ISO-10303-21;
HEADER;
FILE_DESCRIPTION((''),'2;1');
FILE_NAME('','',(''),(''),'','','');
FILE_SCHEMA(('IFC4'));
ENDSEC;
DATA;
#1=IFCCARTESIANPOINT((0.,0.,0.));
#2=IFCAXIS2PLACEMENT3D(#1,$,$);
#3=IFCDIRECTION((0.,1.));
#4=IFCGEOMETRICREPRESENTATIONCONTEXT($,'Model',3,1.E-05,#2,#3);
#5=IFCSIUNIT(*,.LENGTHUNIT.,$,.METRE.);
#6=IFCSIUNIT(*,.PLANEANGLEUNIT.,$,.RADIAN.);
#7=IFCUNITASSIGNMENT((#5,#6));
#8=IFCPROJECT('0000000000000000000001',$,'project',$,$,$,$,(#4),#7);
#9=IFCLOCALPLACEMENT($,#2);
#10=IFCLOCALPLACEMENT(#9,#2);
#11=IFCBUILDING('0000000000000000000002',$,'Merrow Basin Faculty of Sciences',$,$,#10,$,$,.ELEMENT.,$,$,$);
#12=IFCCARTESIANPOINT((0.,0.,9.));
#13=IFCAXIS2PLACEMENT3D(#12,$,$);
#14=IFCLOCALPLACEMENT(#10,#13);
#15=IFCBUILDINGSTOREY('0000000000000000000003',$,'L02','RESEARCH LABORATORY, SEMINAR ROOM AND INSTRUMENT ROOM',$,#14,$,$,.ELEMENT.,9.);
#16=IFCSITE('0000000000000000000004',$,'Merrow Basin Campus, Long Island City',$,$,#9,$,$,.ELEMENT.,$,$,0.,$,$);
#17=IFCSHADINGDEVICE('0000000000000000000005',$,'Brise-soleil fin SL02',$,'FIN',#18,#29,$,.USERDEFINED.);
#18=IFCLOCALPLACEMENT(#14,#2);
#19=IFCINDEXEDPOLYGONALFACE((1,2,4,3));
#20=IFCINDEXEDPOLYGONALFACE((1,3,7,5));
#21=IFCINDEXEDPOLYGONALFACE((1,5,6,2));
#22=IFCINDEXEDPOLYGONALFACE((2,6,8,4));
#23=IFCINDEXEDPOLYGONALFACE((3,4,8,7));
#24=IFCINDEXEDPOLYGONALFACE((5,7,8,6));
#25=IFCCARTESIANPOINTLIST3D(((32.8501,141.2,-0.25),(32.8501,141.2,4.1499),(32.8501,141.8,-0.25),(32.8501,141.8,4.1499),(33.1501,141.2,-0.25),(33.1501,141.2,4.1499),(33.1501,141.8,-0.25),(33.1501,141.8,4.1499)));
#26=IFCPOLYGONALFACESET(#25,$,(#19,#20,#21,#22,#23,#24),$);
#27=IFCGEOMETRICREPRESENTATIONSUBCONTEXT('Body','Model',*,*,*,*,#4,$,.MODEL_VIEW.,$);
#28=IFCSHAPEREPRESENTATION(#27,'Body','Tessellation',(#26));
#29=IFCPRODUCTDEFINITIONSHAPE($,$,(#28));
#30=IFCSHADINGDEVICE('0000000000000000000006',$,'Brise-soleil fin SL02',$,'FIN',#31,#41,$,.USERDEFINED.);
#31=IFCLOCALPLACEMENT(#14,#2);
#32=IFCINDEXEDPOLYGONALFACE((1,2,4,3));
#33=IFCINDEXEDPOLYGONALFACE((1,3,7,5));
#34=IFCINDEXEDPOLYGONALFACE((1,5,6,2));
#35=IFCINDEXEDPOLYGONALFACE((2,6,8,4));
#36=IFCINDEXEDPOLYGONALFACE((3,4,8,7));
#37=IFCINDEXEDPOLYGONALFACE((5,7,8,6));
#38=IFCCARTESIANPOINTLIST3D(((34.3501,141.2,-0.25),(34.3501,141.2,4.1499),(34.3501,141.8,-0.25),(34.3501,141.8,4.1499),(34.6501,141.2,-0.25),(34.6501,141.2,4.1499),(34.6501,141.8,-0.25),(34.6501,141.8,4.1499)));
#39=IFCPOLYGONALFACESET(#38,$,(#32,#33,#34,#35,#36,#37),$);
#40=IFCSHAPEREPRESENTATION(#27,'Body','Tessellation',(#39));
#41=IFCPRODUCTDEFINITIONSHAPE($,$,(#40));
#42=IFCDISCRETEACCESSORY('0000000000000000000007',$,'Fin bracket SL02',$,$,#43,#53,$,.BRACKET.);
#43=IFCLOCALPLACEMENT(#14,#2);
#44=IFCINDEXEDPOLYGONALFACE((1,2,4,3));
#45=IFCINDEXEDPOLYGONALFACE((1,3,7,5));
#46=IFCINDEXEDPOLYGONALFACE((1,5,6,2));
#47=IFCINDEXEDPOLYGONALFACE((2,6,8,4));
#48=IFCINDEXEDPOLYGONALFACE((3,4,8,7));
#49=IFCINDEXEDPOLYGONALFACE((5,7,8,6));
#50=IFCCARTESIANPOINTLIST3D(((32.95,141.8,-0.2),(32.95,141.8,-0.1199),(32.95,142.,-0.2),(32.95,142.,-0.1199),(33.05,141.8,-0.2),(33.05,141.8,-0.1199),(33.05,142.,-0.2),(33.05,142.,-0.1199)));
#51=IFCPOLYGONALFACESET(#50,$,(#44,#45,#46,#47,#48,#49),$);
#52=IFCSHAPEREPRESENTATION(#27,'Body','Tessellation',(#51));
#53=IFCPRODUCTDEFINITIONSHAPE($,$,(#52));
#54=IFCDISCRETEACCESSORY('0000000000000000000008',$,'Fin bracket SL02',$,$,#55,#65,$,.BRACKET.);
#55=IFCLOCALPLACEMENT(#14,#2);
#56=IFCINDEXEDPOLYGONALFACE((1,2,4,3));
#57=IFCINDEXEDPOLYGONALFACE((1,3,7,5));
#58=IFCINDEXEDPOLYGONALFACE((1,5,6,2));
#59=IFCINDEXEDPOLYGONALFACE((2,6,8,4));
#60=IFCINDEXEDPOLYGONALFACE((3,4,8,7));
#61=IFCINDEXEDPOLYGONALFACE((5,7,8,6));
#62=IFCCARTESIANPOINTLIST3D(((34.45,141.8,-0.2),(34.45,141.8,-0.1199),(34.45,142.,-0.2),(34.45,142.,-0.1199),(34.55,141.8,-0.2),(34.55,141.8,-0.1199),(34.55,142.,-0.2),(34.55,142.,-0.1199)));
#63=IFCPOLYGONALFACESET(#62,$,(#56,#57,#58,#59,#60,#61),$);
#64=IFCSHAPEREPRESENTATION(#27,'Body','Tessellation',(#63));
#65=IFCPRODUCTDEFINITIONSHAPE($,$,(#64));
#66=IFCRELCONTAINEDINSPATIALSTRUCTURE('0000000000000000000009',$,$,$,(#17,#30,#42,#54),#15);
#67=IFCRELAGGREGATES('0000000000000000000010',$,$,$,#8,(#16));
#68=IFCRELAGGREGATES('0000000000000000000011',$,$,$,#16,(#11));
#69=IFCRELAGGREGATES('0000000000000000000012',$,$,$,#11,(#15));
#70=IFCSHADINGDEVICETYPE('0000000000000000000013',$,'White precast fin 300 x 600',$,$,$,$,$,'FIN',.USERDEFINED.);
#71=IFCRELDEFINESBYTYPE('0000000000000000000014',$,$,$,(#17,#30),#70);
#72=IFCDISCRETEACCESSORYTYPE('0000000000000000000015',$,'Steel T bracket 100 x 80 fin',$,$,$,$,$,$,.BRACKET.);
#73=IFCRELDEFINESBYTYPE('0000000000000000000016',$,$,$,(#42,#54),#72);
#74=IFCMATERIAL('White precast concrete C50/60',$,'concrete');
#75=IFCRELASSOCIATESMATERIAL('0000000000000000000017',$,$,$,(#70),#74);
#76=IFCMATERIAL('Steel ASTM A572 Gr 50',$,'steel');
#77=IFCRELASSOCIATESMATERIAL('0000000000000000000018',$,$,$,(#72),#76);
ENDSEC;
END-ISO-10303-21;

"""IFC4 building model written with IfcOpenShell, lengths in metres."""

from ifc_helpers import new_model, si_unit, direction, frame, origin, place, context, subcontext, project, spatial, polyline, outline, extrude, source, transform, mapped, material, type_object, element, save


model = new_model("IFC4")

# Units and contexts
model_context = context("Model", 3, precision=1e-05, world=origin(), true_north=direction((0.0, 1.0)))
body_context = subcontext(model_context, "Body", "Model", "MODEL_VIEW")
ifc_project = project(units=[si_unit("LENGTHUNIT", "METRE"), si_unit("PLANEANGLEUNIT", "RADIAN")], contexts=[model_context])

# Site, building, storey
site_placement = place(None, origin())
site = spatial("IfcSite", under=ifc_project, at=site_placement, Name="Merrow Basin Campus, Long Island City", CompositionType="ELEMENT", RefElevation=0.0)
building_placement = place(site_placement, origin())
building = spatial("IfcBuilding", under=site, at=building_placement, Name="Merrow Basin Faculty of Sciences", CompositionType="ELEMENT")
storey_placement = place(building_placement, frame((0.0, 0.0, 9.0)))
storey = spatial("IfcBuildingStorey", under=building, at=storey_placement, Name="L02", Description="RESEARCH LABORATORY, SEMINAR ROOM AND INSTRUMENT ROOM", CompositionType="ELEMENT", Elevation=9.0)

# Shading devices
ifc_material_1 = material(Name="White precast concrete C50/60", Category="concrete")
shading_device_type = type_object("IfcShadingDeviceType", Name="White precast fin 300 x 600", ElementType="FIN", PredefinedType="USERDEFINED", material=ifc_material_1)
shared_shape_1 = source(origin(), body_context, "Body", "SweptSolid", [
    extrude(outline(polyline([(0.0, 0.0), (0.3, 0.0), (0.3, 4.3999), (0.0, 4.3999), (0.0, 0.0)])), origin(), (0.0, 0.0, 1.0), 0.6001),
])
for number, where, z_axis, x_axis, name in (
    (1, (32.8501, 141.8, -0.25), (0.0, -1.0, 0.0), (1.0, 0.0, 0.0), "Brise-soleil fin SL02"),
    (2, (34.3501, 141.8, -0.25), (0.0, -1.0, 0.0), (1.0, 0.0, 0.0), "Brise-soleil fin SL02"),
):
    element("IfcShadingDevice", number, at=place(storey_placement, frame(where, z_axis=z_axis, x_axis=x_axis)), inside=storey, type_object=shading_device_type, Name=name, ObjectType="FIN", PredefinedType="USERDEFINED", context=body_context, shape_type="MappedRepresentation", body=[
        mapped(shared_shape_1, transform((0.0, 0.0, 0.0), scale=1.0)),
    ])

# Discrete accessories
ifc_material_2 = material(Name="Steel ASTM A572 Gr 50", Category="steel")
discrete_accessory_type = type_object("IfcDiscreteAccessoryType", Name="Steel T bracket 100 x 80 fin", PredefinedType="BRACKET", material=ifc_material_2)
shared_shape_2 = source(origin(), body_context, "Body", "SweptSolid", [
    extrude(outline(polyline([(0.0, 0.0), (0.1001, 0.0), (0.1001, 0.0801), (0.0, 0.0801), (0.0, 0.0)])), origin(), (0.0, 0.0, 1.0), 0.2),
])
for number, where, z_axis, x_axis, name in (
    (3, (32.95, 142.0, -0.2), (0.0, -1.0, 0.0), (1.0, 0.0, 0.0), "Fin bracket SL02"),
    (4, (34.45, 142.0, -0.2), (0.0, -1.0, 0.0), (1.0, 0.0, 0.0), "Fin bracket SL02"),
):
    element("IfcDiscreteAccessory", number, at=place(storey_placement, frame(where, z_axis=z_axis, x_axis=x_axis)), inside=storey, type_object=discrete_accessory_type, Name=name, PredefinedType="BRACKET", context=body_context, shape_type="MappedRepresentation", body=[
        mapped(shared_shape_2, transform((0.0, 0.0, 0.0), scale=1.0)),
    ])

save(model, "model.ifc")
